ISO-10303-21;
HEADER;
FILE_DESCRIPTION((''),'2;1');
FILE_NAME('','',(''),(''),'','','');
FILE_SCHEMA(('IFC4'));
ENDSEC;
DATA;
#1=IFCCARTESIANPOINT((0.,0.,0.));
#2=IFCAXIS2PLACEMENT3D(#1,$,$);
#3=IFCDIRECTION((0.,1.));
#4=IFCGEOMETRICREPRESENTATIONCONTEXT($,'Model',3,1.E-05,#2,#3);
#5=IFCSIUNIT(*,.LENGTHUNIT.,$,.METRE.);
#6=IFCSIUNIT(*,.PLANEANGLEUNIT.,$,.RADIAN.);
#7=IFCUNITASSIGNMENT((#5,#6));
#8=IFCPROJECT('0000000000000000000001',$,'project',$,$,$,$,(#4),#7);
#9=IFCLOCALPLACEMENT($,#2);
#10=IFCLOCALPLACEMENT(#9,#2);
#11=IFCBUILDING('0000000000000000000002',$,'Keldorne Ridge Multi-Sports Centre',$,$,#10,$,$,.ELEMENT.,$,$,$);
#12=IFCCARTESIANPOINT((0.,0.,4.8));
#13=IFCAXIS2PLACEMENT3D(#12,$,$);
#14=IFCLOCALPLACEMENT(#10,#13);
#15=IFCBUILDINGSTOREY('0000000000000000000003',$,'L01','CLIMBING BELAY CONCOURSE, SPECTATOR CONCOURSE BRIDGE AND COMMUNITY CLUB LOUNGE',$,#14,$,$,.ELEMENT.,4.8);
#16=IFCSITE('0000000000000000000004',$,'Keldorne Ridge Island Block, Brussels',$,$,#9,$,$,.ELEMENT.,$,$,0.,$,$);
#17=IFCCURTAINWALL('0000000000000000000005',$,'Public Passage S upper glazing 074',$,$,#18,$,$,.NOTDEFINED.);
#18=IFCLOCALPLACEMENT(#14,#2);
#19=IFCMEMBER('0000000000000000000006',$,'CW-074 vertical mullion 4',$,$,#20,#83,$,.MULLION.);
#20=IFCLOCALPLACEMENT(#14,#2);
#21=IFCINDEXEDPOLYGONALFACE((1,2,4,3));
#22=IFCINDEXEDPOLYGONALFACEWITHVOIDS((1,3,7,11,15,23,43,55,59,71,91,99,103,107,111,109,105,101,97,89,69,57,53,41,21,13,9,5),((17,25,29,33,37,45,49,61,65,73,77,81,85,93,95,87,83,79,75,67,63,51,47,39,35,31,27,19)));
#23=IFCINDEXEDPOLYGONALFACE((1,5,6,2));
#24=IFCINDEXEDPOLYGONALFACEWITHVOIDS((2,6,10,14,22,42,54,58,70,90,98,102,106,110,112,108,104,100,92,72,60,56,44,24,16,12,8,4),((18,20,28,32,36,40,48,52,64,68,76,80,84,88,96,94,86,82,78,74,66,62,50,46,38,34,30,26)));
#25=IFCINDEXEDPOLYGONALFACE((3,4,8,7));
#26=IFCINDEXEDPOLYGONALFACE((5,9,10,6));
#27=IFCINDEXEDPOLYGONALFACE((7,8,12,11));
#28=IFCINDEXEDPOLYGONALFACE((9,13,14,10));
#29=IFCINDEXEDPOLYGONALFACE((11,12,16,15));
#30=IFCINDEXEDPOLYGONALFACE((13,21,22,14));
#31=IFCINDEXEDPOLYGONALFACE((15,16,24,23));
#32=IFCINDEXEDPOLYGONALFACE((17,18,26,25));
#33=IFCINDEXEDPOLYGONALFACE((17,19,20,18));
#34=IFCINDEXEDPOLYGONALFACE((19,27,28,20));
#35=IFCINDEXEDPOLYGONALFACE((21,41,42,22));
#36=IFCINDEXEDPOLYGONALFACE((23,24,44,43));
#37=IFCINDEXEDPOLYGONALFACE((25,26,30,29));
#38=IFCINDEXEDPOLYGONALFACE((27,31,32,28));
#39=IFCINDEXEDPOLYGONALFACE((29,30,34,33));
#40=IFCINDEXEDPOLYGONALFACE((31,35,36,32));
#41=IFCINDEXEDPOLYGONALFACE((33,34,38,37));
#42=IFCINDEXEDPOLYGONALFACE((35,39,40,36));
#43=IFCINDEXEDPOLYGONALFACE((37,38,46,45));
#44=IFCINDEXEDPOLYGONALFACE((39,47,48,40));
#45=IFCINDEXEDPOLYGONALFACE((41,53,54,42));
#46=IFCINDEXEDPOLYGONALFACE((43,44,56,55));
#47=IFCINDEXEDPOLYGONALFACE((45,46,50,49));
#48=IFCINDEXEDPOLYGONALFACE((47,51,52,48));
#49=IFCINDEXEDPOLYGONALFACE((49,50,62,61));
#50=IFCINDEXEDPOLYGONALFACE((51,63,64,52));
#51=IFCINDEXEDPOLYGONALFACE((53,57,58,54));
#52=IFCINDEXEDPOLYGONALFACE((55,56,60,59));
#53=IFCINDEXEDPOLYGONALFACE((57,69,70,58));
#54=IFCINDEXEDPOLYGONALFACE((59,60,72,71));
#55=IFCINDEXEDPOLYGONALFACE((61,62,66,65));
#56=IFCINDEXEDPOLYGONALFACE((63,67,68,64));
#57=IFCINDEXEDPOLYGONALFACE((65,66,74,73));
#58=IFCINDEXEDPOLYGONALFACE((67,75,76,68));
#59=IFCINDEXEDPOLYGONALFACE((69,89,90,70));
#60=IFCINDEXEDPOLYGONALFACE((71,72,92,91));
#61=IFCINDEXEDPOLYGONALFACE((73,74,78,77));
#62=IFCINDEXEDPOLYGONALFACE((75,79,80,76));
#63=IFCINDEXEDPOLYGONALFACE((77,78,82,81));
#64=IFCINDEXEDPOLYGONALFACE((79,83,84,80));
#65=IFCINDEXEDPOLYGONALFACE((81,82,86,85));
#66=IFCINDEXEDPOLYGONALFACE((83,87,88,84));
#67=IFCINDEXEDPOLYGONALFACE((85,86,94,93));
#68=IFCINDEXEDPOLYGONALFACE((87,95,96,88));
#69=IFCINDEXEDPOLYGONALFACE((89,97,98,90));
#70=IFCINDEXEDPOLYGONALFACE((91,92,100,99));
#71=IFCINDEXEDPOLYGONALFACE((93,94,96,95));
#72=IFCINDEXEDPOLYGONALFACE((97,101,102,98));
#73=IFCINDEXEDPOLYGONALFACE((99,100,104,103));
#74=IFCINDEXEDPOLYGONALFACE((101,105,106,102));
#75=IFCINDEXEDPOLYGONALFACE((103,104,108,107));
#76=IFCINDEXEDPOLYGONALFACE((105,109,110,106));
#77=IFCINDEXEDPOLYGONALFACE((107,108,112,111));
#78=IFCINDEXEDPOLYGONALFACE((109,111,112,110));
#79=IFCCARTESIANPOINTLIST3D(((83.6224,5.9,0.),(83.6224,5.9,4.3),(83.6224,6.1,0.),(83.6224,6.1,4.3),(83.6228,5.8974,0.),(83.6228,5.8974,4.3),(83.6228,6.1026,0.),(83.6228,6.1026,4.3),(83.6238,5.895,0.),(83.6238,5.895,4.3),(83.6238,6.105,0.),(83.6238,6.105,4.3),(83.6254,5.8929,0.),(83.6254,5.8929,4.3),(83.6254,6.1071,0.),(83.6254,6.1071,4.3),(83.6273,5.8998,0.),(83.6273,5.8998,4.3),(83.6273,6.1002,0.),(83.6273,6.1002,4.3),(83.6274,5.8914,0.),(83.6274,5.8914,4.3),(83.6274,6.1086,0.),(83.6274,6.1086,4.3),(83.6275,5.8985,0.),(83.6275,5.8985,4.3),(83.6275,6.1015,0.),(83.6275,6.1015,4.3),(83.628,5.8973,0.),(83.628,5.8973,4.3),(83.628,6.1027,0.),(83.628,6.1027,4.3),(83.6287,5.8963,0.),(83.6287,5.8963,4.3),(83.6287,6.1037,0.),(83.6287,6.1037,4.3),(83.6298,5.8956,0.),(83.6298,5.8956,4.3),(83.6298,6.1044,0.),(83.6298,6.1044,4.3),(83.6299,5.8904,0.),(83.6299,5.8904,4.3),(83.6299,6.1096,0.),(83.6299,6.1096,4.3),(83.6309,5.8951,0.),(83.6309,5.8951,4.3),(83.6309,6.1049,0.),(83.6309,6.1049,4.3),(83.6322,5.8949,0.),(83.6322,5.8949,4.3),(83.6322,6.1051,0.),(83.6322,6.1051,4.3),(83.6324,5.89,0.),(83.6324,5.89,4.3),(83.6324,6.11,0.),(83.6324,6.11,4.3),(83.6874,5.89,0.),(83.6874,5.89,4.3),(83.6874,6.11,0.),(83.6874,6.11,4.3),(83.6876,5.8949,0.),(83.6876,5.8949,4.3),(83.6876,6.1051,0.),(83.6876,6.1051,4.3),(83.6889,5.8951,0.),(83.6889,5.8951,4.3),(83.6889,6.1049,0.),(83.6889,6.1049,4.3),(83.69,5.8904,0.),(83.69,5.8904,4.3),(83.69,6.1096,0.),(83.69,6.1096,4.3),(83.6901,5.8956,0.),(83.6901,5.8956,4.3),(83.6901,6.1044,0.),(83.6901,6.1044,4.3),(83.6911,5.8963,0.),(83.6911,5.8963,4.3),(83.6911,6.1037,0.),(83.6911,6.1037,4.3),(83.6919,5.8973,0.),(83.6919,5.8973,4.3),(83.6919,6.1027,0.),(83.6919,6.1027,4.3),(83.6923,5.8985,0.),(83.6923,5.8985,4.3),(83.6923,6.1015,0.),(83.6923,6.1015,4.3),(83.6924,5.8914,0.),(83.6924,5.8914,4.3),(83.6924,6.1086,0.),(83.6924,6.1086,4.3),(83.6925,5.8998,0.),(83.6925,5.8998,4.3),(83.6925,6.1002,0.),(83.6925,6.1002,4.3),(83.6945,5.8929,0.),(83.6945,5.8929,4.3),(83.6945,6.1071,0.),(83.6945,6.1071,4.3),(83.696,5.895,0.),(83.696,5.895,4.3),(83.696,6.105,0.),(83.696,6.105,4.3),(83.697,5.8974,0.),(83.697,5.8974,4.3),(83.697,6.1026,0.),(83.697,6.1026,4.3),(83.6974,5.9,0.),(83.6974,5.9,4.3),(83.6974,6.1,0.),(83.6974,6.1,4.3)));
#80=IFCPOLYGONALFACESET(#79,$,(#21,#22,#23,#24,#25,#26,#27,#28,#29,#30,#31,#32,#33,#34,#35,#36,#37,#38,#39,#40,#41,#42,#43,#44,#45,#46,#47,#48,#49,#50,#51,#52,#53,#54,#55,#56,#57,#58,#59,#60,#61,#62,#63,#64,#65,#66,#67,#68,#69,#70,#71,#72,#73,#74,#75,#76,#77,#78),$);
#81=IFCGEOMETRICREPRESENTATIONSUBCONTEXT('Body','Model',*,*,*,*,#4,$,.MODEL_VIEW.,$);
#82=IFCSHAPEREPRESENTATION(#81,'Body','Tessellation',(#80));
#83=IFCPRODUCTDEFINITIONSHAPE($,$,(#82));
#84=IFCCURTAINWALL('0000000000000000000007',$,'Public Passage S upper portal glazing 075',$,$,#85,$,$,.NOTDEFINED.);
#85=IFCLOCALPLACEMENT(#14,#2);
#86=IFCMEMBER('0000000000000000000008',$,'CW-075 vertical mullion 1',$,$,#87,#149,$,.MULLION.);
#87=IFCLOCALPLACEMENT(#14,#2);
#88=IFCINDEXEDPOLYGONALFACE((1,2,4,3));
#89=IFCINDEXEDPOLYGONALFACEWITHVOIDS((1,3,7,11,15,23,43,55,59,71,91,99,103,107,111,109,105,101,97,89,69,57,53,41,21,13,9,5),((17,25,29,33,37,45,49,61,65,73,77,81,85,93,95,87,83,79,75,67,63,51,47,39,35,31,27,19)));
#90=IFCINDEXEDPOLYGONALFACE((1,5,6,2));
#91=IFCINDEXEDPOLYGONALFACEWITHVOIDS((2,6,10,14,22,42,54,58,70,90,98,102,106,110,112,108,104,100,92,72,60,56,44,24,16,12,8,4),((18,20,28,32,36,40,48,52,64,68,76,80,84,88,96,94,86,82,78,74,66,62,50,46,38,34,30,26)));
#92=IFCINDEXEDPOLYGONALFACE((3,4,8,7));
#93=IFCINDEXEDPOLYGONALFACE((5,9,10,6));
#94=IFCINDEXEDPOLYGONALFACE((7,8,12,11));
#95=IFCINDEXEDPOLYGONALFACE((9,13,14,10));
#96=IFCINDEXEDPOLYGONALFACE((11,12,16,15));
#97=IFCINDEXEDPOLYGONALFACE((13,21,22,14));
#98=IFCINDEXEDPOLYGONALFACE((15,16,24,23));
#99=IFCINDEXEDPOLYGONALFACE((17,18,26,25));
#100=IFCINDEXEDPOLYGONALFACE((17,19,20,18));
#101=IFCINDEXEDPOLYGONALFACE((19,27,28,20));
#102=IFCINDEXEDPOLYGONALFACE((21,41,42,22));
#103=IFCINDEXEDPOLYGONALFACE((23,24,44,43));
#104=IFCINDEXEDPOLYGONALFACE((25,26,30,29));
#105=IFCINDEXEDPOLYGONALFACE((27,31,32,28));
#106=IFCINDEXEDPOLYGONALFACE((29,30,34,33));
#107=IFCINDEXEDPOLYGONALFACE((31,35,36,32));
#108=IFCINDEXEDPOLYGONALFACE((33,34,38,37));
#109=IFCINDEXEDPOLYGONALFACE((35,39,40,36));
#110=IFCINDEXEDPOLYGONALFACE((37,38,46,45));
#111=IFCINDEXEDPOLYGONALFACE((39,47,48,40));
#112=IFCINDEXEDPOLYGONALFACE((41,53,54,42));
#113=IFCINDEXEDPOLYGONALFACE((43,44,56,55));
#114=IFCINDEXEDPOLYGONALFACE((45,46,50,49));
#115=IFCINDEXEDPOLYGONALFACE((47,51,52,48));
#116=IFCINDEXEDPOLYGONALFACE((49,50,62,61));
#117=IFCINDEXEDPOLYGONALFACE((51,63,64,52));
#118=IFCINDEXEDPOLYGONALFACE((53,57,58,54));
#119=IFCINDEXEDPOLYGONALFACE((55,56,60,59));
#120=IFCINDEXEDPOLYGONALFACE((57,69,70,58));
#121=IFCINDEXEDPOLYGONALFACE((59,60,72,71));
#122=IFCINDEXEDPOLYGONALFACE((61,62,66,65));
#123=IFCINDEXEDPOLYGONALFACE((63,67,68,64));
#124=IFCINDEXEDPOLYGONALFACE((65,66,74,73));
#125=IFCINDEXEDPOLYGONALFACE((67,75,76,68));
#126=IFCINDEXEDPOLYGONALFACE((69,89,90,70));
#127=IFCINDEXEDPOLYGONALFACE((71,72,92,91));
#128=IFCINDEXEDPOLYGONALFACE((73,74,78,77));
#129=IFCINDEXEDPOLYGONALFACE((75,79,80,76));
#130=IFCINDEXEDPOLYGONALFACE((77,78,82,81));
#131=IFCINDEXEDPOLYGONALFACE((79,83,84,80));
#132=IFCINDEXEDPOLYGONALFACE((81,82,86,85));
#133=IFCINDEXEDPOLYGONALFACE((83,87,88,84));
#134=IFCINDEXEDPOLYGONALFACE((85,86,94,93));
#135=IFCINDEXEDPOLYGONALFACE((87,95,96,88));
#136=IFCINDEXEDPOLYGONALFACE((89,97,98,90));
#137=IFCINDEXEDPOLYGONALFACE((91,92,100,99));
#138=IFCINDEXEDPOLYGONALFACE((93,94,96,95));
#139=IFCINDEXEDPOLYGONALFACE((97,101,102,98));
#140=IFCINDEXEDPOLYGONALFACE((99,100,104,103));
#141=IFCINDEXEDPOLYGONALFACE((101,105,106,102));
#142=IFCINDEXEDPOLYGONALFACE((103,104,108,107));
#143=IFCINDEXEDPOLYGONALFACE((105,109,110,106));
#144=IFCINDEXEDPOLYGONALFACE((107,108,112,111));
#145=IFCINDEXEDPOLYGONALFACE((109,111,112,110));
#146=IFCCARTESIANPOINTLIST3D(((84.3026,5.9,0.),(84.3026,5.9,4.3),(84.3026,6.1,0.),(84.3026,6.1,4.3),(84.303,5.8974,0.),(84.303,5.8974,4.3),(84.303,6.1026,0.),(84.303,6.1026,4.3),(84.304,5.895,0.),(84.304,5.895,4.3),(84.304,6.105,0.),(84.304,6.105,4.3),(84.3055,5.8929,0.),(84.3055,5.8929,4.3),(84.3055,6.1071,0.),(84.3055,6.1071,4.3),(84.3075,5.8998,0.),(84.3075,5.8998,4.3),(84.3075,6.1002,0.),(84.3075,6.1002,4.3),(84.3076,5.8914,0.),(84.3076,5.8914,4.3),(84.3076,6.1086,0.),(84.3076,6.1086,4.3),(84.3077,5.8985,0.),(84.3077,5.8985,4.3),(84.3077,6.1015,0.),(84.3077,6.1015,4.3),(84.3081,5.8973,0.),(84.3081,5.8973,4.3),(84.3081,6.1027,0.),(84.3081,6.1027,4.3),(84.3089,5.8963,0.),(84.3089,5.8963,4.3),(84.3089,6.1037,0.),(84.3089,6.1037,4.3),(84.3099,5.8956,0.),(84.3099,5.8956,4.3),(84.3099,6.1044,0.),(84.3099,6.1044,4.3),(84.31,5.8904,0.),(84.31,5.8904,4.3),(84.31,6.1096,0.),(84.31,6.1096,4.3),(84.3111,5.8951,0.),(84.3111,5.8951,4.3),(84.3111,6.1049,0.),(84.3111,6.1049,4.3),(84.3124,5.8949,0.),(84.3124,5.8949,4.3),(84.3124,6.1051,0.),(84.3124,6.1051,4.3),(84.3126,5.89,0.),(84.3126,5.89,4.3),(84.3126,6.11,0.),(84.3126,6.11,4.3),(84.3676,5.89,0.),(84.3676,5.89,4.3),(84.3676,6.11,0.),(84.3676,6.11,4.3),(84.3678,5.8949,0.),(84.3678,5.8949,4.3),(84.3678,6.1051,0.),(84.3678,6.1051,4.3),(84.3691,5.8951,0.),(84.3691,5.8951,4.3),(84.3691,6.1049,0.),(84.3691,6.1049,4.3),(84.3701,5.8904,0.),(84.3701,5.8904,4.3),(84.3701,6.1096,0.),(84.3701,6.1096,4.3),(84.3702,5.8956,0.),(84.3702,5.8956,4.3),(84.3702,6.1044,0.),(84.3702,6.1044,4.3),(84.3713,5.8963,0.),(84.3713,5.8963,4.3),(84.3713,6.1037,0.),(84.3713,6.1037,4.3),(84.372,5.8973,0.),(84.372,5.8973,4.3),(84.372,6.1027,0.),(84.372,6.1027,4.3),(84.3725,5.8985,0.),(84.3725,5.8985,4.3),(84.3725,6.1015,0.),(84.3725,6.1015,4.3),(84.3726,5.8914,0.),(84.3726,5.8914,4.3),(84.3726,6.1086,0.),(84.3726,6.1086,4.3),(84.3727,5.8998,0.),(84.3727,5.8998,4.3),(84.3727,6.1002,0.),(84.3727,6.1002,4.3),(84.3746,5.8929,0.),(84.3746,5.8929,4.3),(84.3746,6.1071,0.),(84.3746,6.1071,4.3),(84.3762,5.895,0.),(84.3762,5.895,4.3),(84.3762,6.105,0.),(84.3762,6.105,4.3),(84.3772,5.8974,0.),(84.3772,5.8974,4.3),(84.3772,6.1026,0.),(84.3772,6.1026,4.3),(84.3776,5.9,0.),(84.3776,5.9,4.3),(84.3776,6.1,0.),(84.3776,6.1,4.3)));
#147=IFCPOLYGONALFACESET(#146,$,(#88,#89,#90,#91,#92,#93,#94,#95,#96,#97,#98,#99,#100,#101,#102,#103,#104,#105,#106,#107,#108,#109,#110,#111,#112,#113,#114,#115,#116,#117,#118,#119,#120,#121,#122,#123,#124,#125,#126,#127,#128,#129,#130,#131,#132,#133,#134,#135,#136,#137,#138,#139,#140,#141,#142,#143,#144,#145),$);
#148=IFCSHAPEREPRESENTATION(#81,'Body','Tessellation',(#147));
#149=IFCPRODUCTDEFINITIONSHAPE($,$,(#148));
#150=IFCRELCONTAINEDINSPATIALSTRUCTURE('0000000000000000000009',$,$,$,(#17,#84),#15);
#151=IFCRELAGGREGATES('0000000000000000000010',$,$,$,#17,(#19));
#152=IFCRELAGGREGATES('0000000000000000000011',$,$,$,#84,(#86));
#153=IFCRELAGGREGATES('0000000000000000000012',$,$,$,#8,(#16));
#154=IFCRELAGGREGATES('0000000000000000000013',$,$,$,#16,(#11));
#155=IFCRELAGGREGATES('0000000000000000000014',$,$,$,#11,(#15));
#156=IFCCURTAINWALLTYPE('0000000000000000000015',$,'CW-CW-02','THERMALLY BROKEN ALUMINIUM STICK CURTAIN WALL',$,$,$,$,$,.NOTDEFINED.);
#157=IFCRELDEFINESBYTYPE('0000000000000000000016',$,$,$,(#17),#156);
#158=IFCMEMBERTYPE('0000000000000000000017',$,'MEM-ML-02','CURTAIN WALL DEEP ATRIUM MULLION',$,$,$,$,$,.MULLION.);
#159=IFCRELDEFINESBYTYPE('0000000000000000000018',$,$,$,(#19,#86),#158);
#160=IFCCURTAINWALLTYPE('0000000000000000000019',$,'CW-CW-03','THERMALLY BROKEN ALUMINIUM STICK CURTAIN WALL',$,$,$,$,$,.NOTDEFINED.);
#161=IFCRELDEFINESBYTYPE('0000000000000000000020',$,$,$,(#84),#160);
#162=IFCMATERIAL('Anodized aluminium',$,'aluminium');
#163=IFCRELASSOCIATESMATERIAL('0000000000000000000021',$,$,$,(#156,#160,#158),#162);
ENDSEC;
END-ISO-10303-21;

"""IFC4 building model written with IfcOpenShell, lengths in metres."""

from ifc_helpers import new_model, si_unit, direction, frame, origin, origin_2d, place, context, subcontext, project, spatial, hollow_rectangle, extrude, material, material_profile, profile_set, type_object, element, aggregate, save


model = new_model("IFC4")

# Units and contexts
model_context = context("Model", 3, precision=1e-05, world=origin(), true_north=direction((0.0, 1.0)))
body_context = subcontext(model_context, "Body", "Model", "MODEL_VIEW")
ifc_project = project(units=[si_unit("LENGTHUNIT", "METRE"), si_unit("PLANEANGLEUNIT", "RADIAN")], contexts=[model_context])

# Site, building, storey
site_placement = place(None, origin())
site = spatial("IfcSite", under=ifc_project, at=site_placement, Name="Keldorne Ridge Island Block, Brussels", CompositionType="ELEMENT", RefElevation=0.0)
building_placement = place(site_placement, origin())
building = spatial("IfcBuilding", under=site, at=building_placement, Name="Keldorne Ridge Multi-Sports Centre", CompositionType="ELEMENT")
storey_placement = place(building_placement, frame((0.0, 0.0, 4.8)))
storey = spatial("IfcBuildingStorey", under=building, at=storey_placement, Name="L01", Description="CLIMBING BELAY CONCOURSE, SPECTATOR CONCOURSE BRIDGE AND COMMUNITY CLUB LOUNGE", CompositionType="ELEMENT", Elevation=4.8)

# Curtain wall, member
ifc_material_1 = material(Name="Anodized aluminium", Category="aluminium")
curtain_wall_type_1 = type_object("IfcCurtainWallType", Name="CW-CW-02", Description="THERMALLY BROKEN ALUMINIUM STICK CURTAIN WALL", PredefinedType="NOTDEFINED", material=ifc_material_1)
curtain_wall_1_placement = place(storey_placement, origin())
curtain_wall_1 = element("IfcCurtainWall", 1, at=curtain_wall_1_placement, inside=storey, type_object=curtain_wall_type_1, Name="Public Passage S upper glazing 074", PredefinedType="NOTDEFINED")
ifc_material_profile_1 = material_profile(ifc_material_1, hollow_rectangle(XDim=0.075, YDim=0.22, WallThickness=0.0049, InnerFilletRadius=0.0049, OuterFilletRadius=0.01, at=origin_2d()), Name="ALU MULLION 220x75x5")
ifc_profile_set_1 = profile_set([ifc_material_profile_1], Name="Anodized aluminium")
member_type_1 = type_object("IfcMemberType", Name="MEM-ML-02", Description="CURTAIN WALL DEEP ATRIUM MULLION", PredefinedType="MULLION", material=ifc_profile_set_1)
member_1_placement = place(storey_placement, frame((83.6599, 6.0, 0.0), z_axis=(0.0, 0.0, 1.0), x_axis=(1.0, 0.0, 0.0)))
member_1 = element("IfcMember", 2, at=member_1_placement, type_object=member_type_1, Name="CW-074 vertical mullion 4", PredefinedType="MULLION", context=body_context, shape_type="SweptSolid", body=[
    extrude(hollow_rectangle(XDim=0.075, YDim=0.22, WallThickness=0.0049, InnerFilletRadius=0.0049, OuterFilletRadius=0.01, at=origin_2d()), origin(), (0.0, 0.0, 1.0), 4.3),
])

# Curtain wall, member
curtain_wall_type_2 = type_object("IfcCurtainWallType", Name="CW-CW-03", Description="THERMALLY BROKEN ALUMINIUM STICK CURTAIN WALL", PredefinedType="NOTDEFINED", material=ifc_material_1)
curtain_wall_2_placement = place(storey_placement, origin())
curtain_wall_2 = element("IfcCurtainWall", 3, at=curtain_wall_2_placement, inside=storey, type_object=curtain_wall_type_2, Name="Public Passage S upper portal glazing 075", PredefinedType="NOTDEFINED")
member_2_placement = place(storey_placement, frame((84.3401, 6.0, 0.0), z_axis=(0.0, 0.0, 1.0), x_axis=(1.0, 0.0, 0.0)))
member_2 = element("IfcMember", 4, at=member_2_placement, type_object=member_type_1, Name="CW-075 vertical mullion 1", PredefinedType="MULLION", context=body_context, shape_type="SweptSolid", body=[
    extrude(hollow_rectangle(XDim=0.075, YDim=0.22, WallThickness=0.0049, InnerFilletRadius=0.0049, OuterFilletRadius=0.01, at=origin_2d()), origin(), (0.0, 0.0, 1.0), 4.3),
])

aggregate(curtain_wall_1, [member_1])
aggregate(curtain_wall_2, [member_2])

save(model, "model.ifc")
